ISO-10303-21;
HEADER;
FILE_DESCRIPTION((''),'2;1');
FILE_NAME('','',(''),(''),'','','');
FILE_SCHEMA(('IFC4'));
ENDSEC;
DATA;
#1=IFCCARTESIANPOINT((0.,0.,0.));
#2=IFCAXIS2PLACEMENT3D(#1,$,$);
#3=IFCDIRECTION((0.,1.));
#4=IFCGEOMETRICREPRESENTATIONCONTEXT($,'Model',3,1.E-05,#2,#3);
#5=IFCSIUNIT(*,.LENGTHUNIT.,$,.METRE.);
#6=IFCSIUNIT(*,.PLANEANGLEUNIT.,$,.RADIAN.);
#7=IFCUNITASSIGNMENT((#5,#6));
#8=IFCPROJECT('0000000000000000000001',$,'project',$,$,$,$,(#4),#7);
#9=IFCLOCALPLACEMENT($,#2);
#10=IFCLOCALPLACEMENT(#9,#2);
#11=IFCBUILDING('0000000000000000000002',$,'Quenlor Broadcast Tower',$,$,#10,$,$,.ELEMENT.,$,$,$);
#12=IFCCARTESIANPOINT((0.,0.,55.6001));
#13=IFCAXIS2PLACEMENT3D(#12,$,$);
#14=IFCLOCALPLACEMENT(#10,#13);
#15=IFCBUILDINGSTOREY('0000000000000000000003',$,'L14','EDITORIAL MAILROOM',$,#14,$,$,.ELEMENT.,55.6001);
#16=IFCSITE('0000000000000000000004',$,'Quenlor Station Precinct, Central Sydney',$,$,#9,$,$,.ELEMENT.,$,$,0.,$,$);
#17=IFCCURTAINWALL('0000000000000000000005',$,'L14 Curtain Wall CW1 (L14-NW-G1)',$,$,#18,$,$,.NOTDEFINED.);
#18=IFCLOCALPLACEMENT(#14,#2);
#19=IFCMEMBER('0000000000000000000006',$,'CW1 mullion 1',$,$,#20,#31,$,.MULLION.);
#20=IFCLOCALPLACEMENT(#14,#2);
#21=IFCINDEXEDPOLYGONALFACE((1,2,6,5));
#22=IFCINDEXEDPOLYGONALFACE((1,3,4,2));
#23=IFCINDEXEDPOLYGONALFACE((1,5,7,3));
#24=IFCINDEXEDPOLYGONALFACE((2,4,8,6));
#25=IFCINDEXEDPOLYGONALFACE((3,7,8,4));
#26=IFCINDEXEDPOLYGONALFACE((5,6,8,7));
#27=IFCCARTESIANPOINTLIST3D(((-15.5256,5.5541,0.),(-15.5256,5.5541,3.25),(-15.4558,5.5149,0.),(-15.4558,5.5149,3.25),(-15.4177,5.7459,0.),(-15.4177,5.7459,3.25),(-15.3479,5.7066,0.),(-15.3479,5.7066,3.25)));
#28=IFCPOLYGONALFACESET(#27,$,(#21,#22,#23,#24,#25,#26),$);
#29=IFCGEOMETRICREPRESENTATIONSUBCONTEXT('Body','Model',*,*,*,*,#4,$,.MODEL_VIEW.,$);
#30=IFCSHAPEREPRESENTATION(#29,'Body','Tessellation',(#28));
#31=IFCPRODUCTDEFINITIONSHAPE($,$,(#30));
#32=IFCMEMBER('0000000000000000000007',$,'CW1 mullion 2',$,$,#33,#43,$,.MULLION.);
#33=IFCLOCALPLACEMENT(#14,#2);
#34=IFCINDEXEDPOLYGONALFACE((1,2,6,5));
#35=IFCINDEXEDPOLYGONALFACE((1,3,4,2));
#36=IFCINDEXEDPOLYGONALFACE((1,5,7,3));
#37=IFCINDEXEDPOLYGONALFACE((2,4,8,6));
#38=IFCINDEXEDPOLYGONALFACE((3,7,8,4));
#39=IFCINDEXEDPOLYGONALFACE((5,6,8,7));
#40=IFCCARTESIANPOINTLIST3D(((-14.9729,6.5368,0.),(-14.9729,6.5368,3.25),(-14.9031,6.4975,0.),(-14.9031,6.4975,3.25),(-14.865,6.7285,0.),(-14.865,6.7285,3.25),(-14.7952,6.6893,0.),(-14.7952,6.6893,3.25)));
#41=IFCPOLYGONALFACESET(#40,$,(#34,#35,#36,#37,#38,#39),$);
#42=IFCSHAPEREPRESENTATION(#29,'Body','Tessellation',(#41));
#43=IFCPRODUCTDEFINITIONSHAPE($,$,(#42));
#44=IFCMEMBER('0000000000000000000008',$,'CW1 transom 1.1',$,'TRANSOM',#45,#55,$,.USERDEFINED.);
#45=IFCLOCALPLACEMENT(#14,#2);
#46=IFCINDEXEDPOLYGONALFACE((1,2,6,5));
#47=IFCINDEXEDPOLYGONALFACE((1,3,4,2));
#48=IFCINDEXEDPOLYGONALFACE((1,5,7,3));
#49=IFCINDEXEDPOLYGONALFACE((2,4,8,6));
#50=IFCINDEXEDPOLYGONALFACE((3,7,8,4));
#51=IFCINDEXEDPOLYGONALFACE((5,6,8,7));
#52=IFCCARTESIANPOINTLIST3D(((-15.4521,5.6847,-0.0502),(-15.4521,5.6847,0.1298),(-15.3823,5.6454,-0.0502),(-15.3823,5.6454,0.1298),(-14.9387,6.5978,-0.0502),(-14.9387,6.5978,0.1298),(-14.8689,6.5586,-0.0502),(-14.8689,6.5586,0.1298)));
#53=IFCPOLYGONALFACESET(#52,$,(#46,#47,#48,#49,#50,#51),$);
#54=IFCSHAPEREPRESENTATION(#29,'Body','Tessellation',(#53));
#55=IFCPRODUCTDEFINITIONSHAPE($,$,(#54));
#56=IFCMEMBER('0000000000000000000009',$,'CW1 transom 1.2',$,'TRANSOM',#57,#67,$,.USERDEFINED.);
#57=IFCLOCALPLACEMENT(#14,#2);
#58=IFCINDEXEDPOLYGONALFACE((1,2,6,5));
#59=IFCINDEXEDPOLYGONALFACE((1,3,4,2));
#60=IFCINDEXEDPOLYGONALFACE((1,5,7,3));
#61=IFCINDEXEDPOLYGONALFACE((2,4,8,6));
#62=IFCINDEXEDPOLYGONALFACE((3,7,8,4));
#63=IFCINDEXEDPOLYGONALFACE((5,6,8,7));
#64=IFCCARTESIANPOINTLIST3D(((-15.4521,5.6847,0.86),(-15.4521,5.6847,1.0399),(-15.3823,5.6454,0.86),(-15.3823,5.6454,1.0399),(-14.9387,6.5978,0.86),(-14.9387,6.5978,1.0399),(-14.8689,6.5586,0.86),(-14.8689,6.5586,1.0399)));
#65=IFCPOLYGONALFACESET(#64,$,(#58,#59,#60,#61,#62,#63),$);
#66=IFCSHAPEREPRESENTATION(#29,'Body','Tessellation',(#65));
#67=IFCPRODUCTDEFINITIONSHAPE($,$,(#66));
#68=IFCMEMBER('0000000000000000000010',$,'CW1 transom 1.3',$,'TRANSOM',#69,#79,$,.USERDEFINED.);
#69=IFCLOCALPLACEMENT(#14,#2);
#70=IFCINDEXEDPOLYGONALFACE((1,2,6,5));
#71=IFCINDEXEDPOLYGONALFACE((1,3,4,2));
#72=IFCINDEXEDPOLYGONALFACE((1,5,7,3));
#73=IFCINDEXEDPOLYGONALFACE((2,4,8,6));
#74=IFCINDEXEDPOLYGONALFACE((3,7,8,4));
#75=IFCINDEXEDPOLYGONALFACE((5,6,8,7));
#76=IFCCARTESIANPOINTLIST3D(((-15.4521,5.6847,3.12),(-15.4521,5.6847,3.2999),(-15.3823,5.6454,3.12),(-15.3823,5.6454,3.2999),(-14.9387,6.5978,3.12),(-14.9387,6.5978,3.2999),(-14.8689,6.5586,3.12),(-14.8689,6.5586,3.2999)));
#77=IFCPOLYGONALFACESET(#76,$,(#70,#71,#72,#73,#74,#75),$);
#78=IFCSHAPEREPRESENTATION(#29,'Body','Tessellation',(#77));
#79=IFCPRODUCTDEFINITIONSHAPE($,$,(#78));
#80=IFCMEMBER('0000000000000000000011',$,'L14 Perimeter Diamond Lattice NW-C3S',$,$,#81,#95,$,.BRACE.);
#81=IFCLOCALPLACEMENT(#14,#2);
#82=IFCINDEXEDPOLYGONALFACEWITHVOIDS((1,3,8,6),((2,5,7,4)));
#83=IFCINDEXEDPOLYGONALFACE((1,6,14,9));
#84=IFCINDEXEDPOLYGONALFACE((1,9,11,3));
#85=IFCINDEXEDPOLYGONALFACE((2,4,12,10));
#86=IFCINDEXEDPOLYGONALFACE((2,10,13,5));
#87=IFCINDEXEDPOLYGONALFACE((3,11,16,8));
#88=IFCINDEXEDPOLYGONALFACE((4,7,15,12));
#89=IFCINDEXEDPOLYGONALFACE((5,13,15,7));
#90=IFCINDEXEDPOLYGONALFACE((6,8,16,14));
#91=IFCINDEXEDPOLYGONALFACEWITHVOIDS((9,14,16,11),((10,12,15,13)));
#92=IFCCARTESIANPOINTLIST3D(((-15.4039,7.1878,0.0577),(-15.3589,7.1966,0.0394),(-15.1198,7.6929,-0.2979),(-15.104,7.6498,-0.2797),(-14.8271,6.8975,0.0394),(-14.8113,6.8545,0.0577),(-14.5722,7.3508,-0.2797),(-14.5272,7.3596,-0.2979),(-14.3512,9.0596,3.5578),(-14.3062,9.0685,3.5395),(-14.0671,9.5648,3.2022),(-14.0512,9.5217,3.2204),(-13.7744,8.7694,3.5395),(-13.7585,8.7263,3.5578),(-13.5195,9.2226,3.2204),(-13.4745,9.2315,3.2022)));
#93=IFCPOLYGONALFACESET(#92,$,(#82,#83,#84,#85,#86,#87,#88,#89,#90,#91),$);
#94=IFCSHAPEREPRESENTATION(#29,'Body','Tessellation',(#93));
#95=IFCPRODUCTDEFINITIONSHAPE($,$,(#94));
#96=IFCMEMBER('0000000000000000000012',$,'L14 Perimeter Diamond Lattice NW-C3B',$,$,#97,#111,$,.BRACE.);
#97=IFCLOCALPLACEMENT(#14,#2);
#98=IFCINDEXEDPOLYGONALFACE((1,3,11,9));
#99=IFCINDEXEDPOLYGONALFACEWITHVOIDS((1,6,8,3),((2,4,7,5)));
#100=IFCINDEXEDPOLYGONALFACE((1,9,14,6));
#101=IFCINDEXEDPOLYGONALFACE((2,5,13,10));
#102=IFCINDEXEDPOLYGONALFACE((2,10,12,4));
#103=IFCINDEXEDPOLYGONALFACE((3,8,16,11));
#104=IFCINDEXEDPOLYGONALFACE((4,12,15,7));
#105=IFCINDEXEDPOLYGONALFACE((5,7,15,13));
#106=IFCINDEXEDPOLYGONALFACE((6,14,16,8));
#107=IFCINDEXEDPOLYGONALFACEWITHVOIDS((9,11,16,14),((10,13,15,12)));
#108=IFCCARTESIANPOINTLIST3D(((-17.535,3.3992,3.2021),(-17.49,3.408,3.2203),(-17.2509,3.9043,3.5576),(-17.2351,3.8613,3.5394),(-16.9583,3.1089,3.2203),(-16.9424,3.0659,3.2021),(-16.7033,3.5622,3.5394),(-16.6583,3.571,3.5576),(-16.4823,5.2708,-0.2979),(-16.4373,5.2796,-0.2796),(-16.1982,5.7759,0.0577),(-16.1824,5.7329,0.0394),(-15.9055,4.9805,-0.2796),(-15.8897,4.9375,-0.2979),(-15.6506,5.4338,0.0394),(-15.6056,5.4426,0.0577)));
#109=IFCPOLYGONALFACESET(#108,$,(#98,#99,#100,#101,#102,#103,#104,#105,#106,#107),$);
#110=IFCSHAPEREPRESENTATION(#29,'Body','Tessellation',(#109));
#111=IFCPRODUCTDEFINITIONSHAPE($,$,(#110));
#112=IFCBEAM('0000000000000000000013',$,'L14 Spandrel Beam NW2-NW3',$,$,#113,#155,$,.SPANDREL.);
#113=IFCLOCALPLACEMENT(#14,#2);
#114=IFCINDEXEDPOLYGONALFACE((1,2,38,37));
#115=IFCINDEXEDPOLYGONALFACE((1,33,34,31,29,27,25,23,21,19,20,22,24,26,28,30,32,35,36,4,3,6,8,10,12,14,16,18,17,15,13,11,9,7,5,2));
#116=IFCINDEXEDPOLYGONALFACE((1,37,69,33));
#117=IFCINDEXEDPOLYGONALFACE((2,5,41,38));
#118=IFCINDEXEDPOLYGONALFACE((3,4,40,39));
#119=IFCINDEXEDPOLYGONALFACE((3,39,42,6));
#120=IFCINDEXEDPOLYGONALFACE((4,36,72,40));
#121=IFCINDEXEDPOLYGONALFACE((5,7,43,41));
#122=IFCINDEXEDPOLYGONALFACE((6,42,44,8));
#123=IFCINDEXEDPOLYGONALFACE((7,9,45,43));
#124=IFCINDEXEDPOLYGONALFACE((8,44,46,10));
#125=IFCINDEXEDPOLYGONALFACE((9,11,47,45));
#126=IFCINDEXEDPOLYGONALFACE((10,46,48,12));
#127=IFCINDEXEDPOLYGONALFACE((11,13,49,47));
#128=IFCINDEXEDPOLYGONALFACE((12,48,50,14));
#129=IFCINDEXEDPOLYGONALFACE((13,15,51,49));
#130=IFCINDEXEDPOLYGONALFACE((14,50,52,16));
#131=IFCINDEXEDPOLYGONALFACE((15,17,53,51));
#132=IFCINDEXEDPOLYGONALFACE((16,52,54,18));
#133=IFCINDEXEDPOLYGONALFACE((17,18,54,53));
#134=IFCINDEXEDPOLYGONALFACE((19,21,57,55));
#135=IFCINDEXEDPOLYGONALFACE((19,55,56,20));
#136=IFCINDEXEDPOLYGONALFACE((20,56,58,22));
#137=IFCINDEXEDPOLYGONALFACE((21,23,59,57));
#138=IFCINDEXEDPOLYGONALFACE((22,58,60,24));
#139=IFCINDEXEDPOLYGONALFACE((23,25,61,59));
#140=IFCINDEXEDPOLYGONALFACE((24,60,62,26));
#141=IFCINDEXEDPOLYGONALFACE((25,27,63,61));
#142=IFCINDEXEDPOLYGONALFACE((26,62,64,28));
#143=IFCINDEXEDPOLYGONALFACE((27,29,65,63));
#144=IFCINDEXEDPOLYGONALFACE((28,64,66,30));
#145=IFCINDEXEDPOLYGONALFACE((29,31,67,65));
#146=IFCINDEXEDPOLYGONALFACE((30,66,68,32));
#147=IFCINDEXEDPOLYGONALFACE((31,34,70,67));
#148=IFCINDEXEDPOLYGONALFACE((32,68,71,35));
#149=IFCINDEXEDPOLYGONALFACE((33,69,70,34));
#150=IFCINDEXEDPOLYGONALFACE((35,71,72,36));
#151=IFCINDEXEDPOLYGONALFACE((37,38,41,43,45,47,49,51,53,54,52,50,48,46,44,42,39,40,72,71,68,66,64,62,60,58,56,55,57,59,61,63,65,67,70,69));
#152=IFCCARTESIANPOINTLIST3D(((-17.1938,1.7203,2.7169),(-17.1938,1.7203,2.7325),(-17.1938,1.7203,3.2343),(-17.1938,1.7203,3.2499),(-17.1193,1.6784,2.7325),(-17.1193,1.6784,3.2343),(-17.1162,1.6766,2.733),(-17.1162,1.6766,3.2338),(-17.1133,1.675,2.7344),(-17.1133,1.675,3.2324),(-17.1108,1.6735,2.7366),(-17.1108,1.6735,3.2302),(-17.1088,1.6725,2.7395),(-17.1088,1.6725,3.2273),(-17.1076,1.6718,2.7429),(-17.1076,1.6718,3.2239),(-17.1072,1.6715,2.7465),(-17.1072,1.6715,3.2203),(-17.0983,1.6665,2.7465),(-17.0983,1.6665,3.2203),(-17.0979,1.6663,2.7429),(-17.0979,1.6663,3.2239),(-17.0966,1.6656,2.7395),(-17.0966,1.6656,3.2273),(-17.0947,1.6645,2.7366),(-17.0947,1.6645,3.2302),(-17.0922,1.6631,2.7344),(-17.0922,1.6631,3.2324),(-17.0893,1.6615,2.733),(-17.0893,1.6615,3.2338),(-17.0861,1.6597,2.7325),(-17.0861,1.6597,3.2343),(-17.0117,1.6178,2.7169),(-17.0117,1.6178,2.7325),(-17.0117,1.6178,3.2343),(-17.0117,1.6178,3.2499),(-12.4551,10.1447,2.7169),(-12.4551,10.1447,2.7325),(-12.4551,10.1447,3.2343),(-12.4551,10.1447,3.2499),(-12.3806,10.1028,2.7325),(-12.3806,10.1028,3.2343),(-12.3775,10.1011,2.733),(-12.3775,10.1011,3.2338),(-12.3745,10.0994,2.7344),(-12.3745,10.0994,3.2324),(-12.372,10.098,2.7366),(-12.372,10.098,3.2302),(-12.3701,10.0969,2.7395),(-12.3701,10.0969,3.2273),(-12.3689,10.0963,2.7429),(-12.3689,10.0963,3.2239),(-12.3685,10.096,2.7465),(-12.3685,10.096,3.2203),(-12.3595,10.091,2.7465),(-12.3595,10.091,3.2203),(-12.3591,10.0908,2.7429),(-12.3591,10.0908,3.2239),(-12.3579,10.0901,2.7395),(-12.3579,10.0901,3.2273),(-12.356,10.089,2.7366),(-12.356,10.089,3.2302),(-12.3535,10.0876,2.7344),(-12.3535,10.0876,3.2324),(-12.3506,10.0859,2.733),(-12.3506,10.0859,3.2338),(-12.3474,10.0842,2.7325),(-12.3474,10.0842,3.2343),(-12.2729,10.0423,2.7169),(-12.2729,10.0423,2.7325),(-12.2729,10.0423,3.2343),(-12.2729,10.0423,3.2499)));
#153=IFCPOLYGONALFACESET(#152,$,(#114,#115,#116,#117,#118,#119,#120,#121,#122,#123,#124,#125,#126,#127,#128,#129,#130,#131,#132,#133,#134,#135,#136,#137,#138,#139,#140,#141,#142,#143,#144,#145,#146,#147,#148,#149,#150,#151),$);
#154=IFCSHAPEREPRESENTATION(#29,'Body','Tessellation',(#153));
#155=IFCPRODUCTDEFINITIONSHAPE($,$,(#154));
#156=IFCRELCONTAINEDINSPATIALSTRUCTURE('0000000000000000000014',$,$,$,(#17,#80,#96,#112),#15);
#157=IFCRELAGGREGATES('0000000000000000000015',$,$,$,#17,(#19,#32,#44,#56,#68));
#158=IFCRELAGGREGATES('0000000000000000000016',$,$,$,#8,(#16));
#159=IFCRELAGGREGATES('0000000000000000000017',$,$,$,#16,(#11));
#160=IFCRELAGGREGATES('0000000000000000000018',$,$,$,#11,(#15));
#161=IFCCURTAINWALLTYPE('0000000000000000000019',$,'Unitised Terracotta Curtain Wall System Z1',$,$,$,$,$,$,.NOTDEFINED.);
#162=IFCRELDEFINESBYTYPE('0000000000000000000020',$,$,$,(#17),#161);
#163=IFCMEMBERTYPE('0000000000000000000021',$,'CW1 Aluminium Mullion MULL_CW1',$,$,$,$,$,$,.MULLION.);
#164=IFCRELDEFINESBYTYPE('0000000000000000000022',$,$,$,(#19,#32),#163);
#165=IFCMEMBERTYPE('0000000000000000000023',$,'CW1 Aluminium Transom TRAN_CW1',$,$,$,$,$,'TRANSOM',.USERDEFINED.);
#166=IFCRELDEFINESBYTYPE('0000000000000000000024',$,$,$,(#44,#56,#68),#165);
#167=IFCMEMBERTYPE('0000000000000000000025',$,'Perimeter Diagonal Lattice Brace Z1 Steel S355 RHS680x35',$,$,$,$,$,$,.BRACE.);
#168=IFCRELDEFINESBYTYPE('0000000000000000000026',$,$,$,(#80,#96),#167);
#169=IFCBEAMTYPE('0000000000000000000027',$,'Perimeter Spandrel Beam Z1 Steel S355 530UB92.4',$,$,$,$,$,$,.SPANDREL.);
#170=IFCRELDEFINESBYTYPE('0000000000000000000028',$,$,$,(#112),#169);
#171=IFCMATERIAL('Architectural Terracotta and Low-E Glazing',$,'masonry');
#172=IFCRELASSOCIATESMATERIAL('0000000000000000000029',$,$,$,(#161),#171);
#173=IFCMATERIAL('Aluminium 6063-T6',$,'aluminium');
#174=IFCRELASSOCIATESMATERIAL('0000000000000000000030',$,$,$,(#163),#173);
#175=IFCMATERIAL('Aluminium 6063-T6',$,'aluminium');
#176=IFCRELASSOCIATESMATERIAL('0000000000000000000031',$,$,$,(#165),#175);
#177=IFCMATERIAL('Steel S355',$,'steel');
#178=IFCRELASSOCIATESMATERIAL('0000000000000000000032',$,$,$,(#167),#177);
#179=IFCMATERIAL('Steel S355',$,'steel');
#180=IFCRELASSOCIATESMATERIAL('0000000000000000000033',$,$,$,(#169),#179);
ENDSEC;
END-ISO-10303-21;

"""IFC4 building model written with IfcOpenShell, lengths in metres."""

from ifc_helpers import new_model, si_unit, direction, frame, origin, origin_2d, place, context, subcontext, project, spatial, rectangle, hollow_rectangle, i_section, extrude, material, material_profile, profile_set, type_object, element, aggregate, save


model = new_model("IFC4")

# Units and contexts
model_context = context("Model", 3, precision=1e-05, world=origin(), true_north=direction((0.0, 1.0)))
body_context = subcontext(model_context, "Body", "Model", "MODEL_VIEW")
ifc_project = project(units=[si_unit("LENGTHUNIT", "METRE"), si_unit("PLANEANGLEUNIT", "RADIAN")], contexts=[model_context])

# Site, building, storey
site_placement = place(None, origin())
site = spatial("IfcSite", under=ifc_project, at=site_placement, Name="Quenlor Station Precinct, Central Sydney", CompositionType="ELEMENT", RefElevation=0.0)
building_placement = place(site_placement, origin())
building = spatial("IfcBuilding", under=site, at=building_placement, Name="Quenlor Broadcast Tower", CompositionType="ELEMENT")
storey_placement = place(building_placement, frame((0.0, 0.0, 55.6001)))
storey = spatial("IfcBuildingStorey", under=building, at=storey_placement, Name="L14", Description="EDITORIAL MAILROOM", CompositionType="ELEMENT", Elevation=55.6001)

# Curtain wall, members
ifc_material_1 = material(Name="Architectural Terracotta and Low-E Glazing", Category="masonry")
curtain_wall_type = type_object("IfcCurtainWallType", Name="Unitised Terracotta Curtain Wall System Z1", PredefinedType="NOTDEFINED", material=ifc_material_1)
curtain_wall_placement = place(storey_placement, origin())
curtain_wall = element("IfcCurtainWall", 1, at=curtain_wall_placement, inside=storey, type_object=curtain_wall_type, Name="L14 Curtain Wall CW1 (L14-NW-G1)", PredefinedType="NOTDEFINED")
ifc_material_2 = material(Name="Aluminium 6063-T6", Category="aluminium")
ifc_material_profile_1 = material_profile(ifc_material_2, rectangle(XDim=0.0801, YDim=0.22, at=origin_2d()))
ifc_profile_set_1 = profile_set([ifc_material_profile_1], Name="Aluminium 6063-T6 MULL80x220")
member_type_1 = type_object("IfcMemberType", Name="CW1 Aluminium Mullion MULL_CW1", PredefinedType="MULLION", material=ifc_profile_set_1)
member_1_placement = place(storey_placement, frame((-15.4368, 5.6304, 0.0), z_axis=(0.0, 0.0, 1.0), x_axis=(-0.871567, 0.490277, 0.0)))
member_1 = element("IfcMember", 2, at=member_1_placement, type_object=member_type_1, Name="CW1 mullion 1", PredefinedType="MULLION", context=body_context, shape_type="SweptSolid", body=[
    extrude(rectangle(XDim=0.0801, YDim=0.22, at=origin_2d()), origin(), (0.0, 0.0, 1.0), 3.25),
])
member_2_placement = place(storey_placement, frame((-14.884, 6.613, 0.0), z_axis=(0.0, 0.0, 1.0), x_axis=(-0.871567, 0.490277, 0.0)))
member_2 = element("IfcMember", 3, at=member_2_placement, type_object=member_type_1, Name="CW1 mullion 2", PredefinedType="MULLION", context=body_context, shape_type="SweptSolid", body=[
    extrude(rectangle(XDim=0.0801, YDim=0.22, at=origin_2d()), origin(), (0.0, 0.0, 1.0), 3.25),
])
ifc_material_3 = material(Name="Aluminium 6063-T6", Category="aluminium")
ifc_material_profile_2 = material_profile(ifc_material_3, rectangle(XDim=0.0801, YDim=0.1799, at=origin_2d()))
ifc_profile_set_2 = profile_set([ifc_material_profile_2], Name="Aluminium 6063-T6 TRAN80x180")
member_type_2 = type_object("IfcMemberType", Name="CW1 Aluminium Transom TRAN_CW1", ElementType="TRANSOM", PredefinedType="USERDEFINED", material=ifc_profile_set_2)
member_3_placement = place(storey_placement, frame((-15.4172, 5.665, 0.0398), z_axis=(0.490128, 0.87165, 0.0), x_axis=(-0.87165, 0.490128, 0.0)))
member_3 = element("IfcMember", 4, at=member_3_placement, type_object=member_type_2, Name="CW1 transom 1.1", ObjectType="TRANSOM", PredefinedType="USERDEFINED", context=body_context, shape_type="SweptSolid", body=[
    extrude(rectangle(XDim=0.0801, YDim=0.1799, at=origin_2d()), origin(), (0.0, 0.0, 1.0), 1.0476),
])
member_4_placement = place(storey_placement, frame((-15.4172, 5.665, 0.95), z_axis=(0.490128, 0.87165, 0.0), x_axis=(-0.87165, 0.490128, 0.0)))
member_4 = element("IfcMember", 5, at=member_4_placement, type_object=member_type_2, Name="CW1 transom 1.2", ObjectType="TRANSOM", PredefinedType="USERDEFINED", context=body_context, shape_type="SweptSolid", body=[
    extrude(rectangle(XDim=0.0801, YDim=0.1799, at=origin_2d()), origin(), (0.0, 0.0, 1.0), 1.0476),
])
member_5_placement = place(storey_placement, frame((-15.4172, 5.665, 3.21), z_axis=(0.490128, 0.87165, 0.0), x_axis=(-0.87165, 0.490128, 0.0)))
member_5 = element("IfcMember", 6, at=member_5_placement, type_object=member_type_2, Name="CW1 transom 1.3", ObjectType="TRANSOM", PredefinedType="USERDEFINED", context=body_context, shape_type="SweptSolid", body=[
    extrude(rectangle(XDim=0.0801, YDim=0.1799, at=origin_2d()), origin(), (0.0, 0.0, 1.0), 1.0476),
])

# Members
ifc_material_4 = material(Name="Steel S355", Category="steel")
ifc_material_profile_3 = material_profile(ifc_material_4, hollow_rectangle(XDim=0.6799, YDim=0.6799, WallThickness=0.0349, at=origin_2d()))
ifc_profile_set_3 = profile_set([ifc_material_profile_3], Name="Steel S355 RHS680x680x35")
member_type_3 = type_object("IfcMemberType", Name="Perimeter Diagonal Lattice Brace Z1 Steel S355 RHS680x35", PredefinedType="BRACE", material=ifc_profile_set_3)
member_6_placement = place(storey_placement, frame((-14.9656, 7.2737, -0.1201), z_axis=(0.256368, 0.455839, 0.852342), x_axis=(-0.871609, 0.490202, 0.0)))
element("IfcMember", 7, at=member_6_placement, inside=storey, type_object=member_type_3, Name="L14 Perimeter Diamond Lattice NW-C3S", PredefinedType="BRACE", context=body_context, shape_type="SweptSolid", body=[
    extrude(hollow_rectangle(XDim=0.6799, YDim=0.6799, WallThickness=0.0349, at=origin_2d()), origin(), (0.0, 0.0, 1.0), 4.1064),
])
member_7_placement = place(storey_placement, frame((-16.0439, 5.3567, -0.1201), z_axis=(-0.256375, -0.455792, 0.852365), x_axis=(0.871582, -0.49025, 0.0)))
element("IfcMember", 8, at=member_7_placement, inside=storey, type_object=member_type_3, Name="L14 Perimeter Diamond Lattice NW-C3B", PredefinedType="BRACE", context=body_context, shape_type="SweptSolid", body=[
    extrude(hollow_rectangle(XDim=0.6799, YDim=0.6799, WallThickness=0.0349, at=origin_2d()), origin(), (0.0, 0.0, 1.0), 4.1062),
])

# Beam
ifc_material_5 = material(Name="Steel S355", Category="steel")
ifc_material_profile_4 = material_profile(ifc_material_5, i_section(OverallWidth=0.209, OverallDepth=0.533, WebThickness=0.0103, FlangeThickness=0.0156, FilletRadius=0.0139, at=origin_2d()))
ifc_profile_set_4 = profile_set([ifc_material_profile_4], Name="Steel S355 530UB92.4")
beam_type_1 = type_object("IfcBeamType", Name="Perimeter Spandrel Beam Z1 Steel S355 530UB92.4", PredefinedType="SPANDREL", material=ifc_profile_set_4)
beam_1_placement = place(storey_placement, frame((-12.364, 10.0935, 2.9834), z_axis=(-0.490258, -0.871578, 0.0), x_axis=(0.871578, -0.490258, 0.0)))
element("IfcBeam", 9, at=beam_1_placement, inside=storey, type_object=beam_type_1, Name="L14 Spandrel Beam NW2-NW3", PredefinedType="SPANDREL", context=body_context, shape_type="SweptSolid", body=[
    extrude(i_section(OverallWidth=0.209, OverallDepth=0.533, WebThickness=0.0103, FlangeThickness=0.0156, FilletRadius=0.0139, at=origin_2d()), origin(), (0.0, 0.0, 1.0), 9.6658),
])

aggregate(curtain_wall, [member_1, member_2, member_3, member_4, member_5])

save(model, "model.ifc")
